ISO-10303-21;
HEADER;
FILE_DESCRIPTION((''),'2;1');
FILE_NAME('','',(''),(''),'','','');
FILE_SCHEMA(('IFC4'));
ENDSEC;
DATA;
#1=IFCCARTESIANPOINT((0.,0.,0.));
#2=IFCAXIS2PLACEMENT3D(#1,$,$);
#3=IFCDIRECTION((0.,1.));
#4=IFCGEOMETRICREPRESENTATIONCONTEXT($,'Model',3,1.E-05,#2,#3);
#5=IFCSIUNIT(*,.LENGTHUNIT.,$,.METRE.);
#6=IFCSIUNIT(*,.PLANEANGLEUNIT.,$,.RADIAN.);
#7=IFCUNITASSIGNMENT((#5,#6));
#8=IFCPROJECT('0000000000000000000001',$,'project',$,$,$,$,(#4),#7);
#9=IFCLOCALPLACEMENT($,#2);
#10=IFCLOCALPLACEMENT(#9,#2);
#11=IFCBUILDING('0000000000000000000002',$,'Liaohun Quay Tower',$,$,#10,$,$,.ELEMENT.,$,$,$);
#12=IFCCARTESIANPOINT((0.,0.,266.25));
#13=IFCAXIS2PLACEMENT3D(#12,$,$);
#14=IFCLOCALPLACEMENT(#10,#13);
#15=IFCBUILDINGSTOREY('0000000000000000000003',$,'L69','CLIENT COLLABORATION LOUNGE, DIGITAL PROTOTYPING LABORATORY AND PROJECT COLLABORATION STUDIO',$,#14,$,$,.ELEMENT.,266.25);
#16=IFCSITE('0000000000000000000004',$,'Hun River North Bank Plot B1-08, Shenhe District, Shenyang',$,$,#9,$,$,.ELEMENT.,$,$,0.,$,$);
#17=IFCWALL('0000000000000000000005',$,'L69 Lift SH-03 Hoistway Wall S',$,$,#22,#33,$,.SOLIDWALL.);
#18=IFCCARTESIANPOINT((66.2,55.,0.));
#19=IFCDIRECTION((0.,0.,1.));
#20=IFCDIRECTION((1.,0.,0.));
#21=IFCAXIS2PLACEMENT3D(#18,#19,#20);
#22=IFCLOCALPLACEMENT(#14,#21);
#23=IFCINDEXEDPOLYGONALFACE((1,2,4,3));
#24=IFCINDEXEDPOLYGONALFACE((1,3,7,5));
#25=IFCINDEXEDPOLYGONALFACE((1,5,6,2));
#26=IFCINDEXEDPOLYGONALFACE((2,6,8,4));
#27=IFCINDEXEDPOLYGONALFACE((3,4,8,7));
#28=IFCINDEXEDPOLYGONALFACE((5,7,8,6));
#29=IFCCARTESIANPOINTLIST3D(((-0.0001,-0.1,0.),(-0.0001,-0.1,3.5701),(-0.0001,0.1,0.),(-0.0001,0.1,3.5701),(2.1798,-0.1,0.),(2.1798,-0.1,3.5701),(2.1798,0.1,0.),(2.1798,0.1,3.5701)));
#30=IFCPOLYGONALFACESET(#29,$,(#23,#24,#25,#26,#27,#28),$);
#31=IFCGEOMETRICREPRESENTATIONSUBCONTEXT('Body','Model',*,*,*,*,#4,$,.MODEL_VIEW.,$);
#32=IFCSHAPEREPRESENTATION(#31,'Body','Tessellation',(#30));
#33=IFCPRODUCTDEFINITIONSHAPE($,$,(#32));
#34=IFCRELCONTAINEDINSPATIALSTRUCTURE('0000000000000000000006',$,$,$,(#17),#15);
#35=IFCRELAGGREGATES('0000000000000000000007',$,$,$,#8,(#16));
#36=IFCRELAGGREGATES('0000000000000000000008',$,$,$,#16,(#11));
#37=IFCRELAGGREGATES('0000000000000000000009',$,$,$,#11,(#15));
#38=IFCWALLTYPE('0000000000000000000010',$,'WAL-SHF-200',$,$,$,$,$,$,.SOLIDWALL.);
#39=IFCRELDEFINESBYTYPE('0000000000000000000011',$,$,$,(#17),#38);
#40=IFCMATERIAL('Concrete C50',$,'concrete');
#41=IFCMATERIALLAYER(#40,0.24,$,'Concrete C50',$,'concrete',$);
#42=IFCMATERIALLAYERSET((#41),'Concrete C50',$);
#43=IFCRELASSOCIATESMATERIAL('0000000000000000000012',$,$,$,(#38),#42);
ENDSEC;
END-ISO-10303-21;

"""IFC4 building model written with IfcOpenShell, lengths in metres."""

from ifc_helpers import new_model, si_unit, direction, frame, frame_2d, origin, place, context, subcontext, project, spatial, rectangle, extrude, material, layer, layer_set, type_object, element, save


model = new_model("IFC4")

# Units and contexts
model_context = context("Model", 3, precision=1e-05, world=origin(), true_north=direction((0.0, 1.0)))
body_context = subcontext(model_context, "Body", "Model", "MODEL_VIEW")
ifc_project = project(units=[si_unit("LENGTHUNIT", "METRE"), si_unit("PLANEANGLEUNIT", "RADIAN")], contexts=[model_context])

# Site, building, storey
site_placement = place(None, origin())
site = spatial("IfcSite", under=ifc_project, at=site_placement, Name="Hun River North Bank Plot B1-08, Shenhe District, Shenyang", CompositionType="ELEMENT", RefElevation=0.0)
building_placement = place(site_placement, origin())
building = spatial("IfcBuilding", under=site, at=building_placement, Name="Liaohun Quay Tower", CompositionType="ELEMENT")
storey_placement = place(building_placement, frame((0.0, 0.0, 266.25)))
storey = spatial("IfcBuildingStorey", under=building, at=storey_placement, Name="L69", Description="CLIENT COLLABORATION LOUNGE, DIGITAL PROTOTYPING LABORATORY AND PROJECT COLLABORATION STUDIO", CompositionType="ELEMENT", Elevation=266.25)

# Shared definitions
ifc_material_1 = material(Name="Concrete C50", Category="concrete")
ifc_layer_1 = layer(ifc_material_1, 0.24, Name="Concrete C50", Category="concrete")
ifc_layer_set_1 = layer_set([ifc_layer_1], Name="Concrete C50")
wall_type_1 = type_object("IfcWallType", Name="WAL-SHF-200", PredefinedType="SOLIDWALL", material=ifc_layer_set_1)

# Wall
wall_1_placement = place(storey_placement, frame((66.2, 55.0, 0.0), z_axis=(0.0, 0.0, 1.0), x_axis=(1.0, 0.0, 0.0)))
element("IfcWall", 1, at=wall_1_placement, inside=storey, type_object=wall_type_1, Name="L69 Lift SH-03 Hoistway Wall S", PredefinedType="SOLIDWALL", context=body_context, shape_type="SweptSolid", body=[
    extrude(rectangle(XDim=2.1799, YDim=0.2, at=frame_2d((1.0898, 0.0))), origin(), (0.0, 0.0, 1.0), 3.5701),
])

save(model, "model.ifc")
